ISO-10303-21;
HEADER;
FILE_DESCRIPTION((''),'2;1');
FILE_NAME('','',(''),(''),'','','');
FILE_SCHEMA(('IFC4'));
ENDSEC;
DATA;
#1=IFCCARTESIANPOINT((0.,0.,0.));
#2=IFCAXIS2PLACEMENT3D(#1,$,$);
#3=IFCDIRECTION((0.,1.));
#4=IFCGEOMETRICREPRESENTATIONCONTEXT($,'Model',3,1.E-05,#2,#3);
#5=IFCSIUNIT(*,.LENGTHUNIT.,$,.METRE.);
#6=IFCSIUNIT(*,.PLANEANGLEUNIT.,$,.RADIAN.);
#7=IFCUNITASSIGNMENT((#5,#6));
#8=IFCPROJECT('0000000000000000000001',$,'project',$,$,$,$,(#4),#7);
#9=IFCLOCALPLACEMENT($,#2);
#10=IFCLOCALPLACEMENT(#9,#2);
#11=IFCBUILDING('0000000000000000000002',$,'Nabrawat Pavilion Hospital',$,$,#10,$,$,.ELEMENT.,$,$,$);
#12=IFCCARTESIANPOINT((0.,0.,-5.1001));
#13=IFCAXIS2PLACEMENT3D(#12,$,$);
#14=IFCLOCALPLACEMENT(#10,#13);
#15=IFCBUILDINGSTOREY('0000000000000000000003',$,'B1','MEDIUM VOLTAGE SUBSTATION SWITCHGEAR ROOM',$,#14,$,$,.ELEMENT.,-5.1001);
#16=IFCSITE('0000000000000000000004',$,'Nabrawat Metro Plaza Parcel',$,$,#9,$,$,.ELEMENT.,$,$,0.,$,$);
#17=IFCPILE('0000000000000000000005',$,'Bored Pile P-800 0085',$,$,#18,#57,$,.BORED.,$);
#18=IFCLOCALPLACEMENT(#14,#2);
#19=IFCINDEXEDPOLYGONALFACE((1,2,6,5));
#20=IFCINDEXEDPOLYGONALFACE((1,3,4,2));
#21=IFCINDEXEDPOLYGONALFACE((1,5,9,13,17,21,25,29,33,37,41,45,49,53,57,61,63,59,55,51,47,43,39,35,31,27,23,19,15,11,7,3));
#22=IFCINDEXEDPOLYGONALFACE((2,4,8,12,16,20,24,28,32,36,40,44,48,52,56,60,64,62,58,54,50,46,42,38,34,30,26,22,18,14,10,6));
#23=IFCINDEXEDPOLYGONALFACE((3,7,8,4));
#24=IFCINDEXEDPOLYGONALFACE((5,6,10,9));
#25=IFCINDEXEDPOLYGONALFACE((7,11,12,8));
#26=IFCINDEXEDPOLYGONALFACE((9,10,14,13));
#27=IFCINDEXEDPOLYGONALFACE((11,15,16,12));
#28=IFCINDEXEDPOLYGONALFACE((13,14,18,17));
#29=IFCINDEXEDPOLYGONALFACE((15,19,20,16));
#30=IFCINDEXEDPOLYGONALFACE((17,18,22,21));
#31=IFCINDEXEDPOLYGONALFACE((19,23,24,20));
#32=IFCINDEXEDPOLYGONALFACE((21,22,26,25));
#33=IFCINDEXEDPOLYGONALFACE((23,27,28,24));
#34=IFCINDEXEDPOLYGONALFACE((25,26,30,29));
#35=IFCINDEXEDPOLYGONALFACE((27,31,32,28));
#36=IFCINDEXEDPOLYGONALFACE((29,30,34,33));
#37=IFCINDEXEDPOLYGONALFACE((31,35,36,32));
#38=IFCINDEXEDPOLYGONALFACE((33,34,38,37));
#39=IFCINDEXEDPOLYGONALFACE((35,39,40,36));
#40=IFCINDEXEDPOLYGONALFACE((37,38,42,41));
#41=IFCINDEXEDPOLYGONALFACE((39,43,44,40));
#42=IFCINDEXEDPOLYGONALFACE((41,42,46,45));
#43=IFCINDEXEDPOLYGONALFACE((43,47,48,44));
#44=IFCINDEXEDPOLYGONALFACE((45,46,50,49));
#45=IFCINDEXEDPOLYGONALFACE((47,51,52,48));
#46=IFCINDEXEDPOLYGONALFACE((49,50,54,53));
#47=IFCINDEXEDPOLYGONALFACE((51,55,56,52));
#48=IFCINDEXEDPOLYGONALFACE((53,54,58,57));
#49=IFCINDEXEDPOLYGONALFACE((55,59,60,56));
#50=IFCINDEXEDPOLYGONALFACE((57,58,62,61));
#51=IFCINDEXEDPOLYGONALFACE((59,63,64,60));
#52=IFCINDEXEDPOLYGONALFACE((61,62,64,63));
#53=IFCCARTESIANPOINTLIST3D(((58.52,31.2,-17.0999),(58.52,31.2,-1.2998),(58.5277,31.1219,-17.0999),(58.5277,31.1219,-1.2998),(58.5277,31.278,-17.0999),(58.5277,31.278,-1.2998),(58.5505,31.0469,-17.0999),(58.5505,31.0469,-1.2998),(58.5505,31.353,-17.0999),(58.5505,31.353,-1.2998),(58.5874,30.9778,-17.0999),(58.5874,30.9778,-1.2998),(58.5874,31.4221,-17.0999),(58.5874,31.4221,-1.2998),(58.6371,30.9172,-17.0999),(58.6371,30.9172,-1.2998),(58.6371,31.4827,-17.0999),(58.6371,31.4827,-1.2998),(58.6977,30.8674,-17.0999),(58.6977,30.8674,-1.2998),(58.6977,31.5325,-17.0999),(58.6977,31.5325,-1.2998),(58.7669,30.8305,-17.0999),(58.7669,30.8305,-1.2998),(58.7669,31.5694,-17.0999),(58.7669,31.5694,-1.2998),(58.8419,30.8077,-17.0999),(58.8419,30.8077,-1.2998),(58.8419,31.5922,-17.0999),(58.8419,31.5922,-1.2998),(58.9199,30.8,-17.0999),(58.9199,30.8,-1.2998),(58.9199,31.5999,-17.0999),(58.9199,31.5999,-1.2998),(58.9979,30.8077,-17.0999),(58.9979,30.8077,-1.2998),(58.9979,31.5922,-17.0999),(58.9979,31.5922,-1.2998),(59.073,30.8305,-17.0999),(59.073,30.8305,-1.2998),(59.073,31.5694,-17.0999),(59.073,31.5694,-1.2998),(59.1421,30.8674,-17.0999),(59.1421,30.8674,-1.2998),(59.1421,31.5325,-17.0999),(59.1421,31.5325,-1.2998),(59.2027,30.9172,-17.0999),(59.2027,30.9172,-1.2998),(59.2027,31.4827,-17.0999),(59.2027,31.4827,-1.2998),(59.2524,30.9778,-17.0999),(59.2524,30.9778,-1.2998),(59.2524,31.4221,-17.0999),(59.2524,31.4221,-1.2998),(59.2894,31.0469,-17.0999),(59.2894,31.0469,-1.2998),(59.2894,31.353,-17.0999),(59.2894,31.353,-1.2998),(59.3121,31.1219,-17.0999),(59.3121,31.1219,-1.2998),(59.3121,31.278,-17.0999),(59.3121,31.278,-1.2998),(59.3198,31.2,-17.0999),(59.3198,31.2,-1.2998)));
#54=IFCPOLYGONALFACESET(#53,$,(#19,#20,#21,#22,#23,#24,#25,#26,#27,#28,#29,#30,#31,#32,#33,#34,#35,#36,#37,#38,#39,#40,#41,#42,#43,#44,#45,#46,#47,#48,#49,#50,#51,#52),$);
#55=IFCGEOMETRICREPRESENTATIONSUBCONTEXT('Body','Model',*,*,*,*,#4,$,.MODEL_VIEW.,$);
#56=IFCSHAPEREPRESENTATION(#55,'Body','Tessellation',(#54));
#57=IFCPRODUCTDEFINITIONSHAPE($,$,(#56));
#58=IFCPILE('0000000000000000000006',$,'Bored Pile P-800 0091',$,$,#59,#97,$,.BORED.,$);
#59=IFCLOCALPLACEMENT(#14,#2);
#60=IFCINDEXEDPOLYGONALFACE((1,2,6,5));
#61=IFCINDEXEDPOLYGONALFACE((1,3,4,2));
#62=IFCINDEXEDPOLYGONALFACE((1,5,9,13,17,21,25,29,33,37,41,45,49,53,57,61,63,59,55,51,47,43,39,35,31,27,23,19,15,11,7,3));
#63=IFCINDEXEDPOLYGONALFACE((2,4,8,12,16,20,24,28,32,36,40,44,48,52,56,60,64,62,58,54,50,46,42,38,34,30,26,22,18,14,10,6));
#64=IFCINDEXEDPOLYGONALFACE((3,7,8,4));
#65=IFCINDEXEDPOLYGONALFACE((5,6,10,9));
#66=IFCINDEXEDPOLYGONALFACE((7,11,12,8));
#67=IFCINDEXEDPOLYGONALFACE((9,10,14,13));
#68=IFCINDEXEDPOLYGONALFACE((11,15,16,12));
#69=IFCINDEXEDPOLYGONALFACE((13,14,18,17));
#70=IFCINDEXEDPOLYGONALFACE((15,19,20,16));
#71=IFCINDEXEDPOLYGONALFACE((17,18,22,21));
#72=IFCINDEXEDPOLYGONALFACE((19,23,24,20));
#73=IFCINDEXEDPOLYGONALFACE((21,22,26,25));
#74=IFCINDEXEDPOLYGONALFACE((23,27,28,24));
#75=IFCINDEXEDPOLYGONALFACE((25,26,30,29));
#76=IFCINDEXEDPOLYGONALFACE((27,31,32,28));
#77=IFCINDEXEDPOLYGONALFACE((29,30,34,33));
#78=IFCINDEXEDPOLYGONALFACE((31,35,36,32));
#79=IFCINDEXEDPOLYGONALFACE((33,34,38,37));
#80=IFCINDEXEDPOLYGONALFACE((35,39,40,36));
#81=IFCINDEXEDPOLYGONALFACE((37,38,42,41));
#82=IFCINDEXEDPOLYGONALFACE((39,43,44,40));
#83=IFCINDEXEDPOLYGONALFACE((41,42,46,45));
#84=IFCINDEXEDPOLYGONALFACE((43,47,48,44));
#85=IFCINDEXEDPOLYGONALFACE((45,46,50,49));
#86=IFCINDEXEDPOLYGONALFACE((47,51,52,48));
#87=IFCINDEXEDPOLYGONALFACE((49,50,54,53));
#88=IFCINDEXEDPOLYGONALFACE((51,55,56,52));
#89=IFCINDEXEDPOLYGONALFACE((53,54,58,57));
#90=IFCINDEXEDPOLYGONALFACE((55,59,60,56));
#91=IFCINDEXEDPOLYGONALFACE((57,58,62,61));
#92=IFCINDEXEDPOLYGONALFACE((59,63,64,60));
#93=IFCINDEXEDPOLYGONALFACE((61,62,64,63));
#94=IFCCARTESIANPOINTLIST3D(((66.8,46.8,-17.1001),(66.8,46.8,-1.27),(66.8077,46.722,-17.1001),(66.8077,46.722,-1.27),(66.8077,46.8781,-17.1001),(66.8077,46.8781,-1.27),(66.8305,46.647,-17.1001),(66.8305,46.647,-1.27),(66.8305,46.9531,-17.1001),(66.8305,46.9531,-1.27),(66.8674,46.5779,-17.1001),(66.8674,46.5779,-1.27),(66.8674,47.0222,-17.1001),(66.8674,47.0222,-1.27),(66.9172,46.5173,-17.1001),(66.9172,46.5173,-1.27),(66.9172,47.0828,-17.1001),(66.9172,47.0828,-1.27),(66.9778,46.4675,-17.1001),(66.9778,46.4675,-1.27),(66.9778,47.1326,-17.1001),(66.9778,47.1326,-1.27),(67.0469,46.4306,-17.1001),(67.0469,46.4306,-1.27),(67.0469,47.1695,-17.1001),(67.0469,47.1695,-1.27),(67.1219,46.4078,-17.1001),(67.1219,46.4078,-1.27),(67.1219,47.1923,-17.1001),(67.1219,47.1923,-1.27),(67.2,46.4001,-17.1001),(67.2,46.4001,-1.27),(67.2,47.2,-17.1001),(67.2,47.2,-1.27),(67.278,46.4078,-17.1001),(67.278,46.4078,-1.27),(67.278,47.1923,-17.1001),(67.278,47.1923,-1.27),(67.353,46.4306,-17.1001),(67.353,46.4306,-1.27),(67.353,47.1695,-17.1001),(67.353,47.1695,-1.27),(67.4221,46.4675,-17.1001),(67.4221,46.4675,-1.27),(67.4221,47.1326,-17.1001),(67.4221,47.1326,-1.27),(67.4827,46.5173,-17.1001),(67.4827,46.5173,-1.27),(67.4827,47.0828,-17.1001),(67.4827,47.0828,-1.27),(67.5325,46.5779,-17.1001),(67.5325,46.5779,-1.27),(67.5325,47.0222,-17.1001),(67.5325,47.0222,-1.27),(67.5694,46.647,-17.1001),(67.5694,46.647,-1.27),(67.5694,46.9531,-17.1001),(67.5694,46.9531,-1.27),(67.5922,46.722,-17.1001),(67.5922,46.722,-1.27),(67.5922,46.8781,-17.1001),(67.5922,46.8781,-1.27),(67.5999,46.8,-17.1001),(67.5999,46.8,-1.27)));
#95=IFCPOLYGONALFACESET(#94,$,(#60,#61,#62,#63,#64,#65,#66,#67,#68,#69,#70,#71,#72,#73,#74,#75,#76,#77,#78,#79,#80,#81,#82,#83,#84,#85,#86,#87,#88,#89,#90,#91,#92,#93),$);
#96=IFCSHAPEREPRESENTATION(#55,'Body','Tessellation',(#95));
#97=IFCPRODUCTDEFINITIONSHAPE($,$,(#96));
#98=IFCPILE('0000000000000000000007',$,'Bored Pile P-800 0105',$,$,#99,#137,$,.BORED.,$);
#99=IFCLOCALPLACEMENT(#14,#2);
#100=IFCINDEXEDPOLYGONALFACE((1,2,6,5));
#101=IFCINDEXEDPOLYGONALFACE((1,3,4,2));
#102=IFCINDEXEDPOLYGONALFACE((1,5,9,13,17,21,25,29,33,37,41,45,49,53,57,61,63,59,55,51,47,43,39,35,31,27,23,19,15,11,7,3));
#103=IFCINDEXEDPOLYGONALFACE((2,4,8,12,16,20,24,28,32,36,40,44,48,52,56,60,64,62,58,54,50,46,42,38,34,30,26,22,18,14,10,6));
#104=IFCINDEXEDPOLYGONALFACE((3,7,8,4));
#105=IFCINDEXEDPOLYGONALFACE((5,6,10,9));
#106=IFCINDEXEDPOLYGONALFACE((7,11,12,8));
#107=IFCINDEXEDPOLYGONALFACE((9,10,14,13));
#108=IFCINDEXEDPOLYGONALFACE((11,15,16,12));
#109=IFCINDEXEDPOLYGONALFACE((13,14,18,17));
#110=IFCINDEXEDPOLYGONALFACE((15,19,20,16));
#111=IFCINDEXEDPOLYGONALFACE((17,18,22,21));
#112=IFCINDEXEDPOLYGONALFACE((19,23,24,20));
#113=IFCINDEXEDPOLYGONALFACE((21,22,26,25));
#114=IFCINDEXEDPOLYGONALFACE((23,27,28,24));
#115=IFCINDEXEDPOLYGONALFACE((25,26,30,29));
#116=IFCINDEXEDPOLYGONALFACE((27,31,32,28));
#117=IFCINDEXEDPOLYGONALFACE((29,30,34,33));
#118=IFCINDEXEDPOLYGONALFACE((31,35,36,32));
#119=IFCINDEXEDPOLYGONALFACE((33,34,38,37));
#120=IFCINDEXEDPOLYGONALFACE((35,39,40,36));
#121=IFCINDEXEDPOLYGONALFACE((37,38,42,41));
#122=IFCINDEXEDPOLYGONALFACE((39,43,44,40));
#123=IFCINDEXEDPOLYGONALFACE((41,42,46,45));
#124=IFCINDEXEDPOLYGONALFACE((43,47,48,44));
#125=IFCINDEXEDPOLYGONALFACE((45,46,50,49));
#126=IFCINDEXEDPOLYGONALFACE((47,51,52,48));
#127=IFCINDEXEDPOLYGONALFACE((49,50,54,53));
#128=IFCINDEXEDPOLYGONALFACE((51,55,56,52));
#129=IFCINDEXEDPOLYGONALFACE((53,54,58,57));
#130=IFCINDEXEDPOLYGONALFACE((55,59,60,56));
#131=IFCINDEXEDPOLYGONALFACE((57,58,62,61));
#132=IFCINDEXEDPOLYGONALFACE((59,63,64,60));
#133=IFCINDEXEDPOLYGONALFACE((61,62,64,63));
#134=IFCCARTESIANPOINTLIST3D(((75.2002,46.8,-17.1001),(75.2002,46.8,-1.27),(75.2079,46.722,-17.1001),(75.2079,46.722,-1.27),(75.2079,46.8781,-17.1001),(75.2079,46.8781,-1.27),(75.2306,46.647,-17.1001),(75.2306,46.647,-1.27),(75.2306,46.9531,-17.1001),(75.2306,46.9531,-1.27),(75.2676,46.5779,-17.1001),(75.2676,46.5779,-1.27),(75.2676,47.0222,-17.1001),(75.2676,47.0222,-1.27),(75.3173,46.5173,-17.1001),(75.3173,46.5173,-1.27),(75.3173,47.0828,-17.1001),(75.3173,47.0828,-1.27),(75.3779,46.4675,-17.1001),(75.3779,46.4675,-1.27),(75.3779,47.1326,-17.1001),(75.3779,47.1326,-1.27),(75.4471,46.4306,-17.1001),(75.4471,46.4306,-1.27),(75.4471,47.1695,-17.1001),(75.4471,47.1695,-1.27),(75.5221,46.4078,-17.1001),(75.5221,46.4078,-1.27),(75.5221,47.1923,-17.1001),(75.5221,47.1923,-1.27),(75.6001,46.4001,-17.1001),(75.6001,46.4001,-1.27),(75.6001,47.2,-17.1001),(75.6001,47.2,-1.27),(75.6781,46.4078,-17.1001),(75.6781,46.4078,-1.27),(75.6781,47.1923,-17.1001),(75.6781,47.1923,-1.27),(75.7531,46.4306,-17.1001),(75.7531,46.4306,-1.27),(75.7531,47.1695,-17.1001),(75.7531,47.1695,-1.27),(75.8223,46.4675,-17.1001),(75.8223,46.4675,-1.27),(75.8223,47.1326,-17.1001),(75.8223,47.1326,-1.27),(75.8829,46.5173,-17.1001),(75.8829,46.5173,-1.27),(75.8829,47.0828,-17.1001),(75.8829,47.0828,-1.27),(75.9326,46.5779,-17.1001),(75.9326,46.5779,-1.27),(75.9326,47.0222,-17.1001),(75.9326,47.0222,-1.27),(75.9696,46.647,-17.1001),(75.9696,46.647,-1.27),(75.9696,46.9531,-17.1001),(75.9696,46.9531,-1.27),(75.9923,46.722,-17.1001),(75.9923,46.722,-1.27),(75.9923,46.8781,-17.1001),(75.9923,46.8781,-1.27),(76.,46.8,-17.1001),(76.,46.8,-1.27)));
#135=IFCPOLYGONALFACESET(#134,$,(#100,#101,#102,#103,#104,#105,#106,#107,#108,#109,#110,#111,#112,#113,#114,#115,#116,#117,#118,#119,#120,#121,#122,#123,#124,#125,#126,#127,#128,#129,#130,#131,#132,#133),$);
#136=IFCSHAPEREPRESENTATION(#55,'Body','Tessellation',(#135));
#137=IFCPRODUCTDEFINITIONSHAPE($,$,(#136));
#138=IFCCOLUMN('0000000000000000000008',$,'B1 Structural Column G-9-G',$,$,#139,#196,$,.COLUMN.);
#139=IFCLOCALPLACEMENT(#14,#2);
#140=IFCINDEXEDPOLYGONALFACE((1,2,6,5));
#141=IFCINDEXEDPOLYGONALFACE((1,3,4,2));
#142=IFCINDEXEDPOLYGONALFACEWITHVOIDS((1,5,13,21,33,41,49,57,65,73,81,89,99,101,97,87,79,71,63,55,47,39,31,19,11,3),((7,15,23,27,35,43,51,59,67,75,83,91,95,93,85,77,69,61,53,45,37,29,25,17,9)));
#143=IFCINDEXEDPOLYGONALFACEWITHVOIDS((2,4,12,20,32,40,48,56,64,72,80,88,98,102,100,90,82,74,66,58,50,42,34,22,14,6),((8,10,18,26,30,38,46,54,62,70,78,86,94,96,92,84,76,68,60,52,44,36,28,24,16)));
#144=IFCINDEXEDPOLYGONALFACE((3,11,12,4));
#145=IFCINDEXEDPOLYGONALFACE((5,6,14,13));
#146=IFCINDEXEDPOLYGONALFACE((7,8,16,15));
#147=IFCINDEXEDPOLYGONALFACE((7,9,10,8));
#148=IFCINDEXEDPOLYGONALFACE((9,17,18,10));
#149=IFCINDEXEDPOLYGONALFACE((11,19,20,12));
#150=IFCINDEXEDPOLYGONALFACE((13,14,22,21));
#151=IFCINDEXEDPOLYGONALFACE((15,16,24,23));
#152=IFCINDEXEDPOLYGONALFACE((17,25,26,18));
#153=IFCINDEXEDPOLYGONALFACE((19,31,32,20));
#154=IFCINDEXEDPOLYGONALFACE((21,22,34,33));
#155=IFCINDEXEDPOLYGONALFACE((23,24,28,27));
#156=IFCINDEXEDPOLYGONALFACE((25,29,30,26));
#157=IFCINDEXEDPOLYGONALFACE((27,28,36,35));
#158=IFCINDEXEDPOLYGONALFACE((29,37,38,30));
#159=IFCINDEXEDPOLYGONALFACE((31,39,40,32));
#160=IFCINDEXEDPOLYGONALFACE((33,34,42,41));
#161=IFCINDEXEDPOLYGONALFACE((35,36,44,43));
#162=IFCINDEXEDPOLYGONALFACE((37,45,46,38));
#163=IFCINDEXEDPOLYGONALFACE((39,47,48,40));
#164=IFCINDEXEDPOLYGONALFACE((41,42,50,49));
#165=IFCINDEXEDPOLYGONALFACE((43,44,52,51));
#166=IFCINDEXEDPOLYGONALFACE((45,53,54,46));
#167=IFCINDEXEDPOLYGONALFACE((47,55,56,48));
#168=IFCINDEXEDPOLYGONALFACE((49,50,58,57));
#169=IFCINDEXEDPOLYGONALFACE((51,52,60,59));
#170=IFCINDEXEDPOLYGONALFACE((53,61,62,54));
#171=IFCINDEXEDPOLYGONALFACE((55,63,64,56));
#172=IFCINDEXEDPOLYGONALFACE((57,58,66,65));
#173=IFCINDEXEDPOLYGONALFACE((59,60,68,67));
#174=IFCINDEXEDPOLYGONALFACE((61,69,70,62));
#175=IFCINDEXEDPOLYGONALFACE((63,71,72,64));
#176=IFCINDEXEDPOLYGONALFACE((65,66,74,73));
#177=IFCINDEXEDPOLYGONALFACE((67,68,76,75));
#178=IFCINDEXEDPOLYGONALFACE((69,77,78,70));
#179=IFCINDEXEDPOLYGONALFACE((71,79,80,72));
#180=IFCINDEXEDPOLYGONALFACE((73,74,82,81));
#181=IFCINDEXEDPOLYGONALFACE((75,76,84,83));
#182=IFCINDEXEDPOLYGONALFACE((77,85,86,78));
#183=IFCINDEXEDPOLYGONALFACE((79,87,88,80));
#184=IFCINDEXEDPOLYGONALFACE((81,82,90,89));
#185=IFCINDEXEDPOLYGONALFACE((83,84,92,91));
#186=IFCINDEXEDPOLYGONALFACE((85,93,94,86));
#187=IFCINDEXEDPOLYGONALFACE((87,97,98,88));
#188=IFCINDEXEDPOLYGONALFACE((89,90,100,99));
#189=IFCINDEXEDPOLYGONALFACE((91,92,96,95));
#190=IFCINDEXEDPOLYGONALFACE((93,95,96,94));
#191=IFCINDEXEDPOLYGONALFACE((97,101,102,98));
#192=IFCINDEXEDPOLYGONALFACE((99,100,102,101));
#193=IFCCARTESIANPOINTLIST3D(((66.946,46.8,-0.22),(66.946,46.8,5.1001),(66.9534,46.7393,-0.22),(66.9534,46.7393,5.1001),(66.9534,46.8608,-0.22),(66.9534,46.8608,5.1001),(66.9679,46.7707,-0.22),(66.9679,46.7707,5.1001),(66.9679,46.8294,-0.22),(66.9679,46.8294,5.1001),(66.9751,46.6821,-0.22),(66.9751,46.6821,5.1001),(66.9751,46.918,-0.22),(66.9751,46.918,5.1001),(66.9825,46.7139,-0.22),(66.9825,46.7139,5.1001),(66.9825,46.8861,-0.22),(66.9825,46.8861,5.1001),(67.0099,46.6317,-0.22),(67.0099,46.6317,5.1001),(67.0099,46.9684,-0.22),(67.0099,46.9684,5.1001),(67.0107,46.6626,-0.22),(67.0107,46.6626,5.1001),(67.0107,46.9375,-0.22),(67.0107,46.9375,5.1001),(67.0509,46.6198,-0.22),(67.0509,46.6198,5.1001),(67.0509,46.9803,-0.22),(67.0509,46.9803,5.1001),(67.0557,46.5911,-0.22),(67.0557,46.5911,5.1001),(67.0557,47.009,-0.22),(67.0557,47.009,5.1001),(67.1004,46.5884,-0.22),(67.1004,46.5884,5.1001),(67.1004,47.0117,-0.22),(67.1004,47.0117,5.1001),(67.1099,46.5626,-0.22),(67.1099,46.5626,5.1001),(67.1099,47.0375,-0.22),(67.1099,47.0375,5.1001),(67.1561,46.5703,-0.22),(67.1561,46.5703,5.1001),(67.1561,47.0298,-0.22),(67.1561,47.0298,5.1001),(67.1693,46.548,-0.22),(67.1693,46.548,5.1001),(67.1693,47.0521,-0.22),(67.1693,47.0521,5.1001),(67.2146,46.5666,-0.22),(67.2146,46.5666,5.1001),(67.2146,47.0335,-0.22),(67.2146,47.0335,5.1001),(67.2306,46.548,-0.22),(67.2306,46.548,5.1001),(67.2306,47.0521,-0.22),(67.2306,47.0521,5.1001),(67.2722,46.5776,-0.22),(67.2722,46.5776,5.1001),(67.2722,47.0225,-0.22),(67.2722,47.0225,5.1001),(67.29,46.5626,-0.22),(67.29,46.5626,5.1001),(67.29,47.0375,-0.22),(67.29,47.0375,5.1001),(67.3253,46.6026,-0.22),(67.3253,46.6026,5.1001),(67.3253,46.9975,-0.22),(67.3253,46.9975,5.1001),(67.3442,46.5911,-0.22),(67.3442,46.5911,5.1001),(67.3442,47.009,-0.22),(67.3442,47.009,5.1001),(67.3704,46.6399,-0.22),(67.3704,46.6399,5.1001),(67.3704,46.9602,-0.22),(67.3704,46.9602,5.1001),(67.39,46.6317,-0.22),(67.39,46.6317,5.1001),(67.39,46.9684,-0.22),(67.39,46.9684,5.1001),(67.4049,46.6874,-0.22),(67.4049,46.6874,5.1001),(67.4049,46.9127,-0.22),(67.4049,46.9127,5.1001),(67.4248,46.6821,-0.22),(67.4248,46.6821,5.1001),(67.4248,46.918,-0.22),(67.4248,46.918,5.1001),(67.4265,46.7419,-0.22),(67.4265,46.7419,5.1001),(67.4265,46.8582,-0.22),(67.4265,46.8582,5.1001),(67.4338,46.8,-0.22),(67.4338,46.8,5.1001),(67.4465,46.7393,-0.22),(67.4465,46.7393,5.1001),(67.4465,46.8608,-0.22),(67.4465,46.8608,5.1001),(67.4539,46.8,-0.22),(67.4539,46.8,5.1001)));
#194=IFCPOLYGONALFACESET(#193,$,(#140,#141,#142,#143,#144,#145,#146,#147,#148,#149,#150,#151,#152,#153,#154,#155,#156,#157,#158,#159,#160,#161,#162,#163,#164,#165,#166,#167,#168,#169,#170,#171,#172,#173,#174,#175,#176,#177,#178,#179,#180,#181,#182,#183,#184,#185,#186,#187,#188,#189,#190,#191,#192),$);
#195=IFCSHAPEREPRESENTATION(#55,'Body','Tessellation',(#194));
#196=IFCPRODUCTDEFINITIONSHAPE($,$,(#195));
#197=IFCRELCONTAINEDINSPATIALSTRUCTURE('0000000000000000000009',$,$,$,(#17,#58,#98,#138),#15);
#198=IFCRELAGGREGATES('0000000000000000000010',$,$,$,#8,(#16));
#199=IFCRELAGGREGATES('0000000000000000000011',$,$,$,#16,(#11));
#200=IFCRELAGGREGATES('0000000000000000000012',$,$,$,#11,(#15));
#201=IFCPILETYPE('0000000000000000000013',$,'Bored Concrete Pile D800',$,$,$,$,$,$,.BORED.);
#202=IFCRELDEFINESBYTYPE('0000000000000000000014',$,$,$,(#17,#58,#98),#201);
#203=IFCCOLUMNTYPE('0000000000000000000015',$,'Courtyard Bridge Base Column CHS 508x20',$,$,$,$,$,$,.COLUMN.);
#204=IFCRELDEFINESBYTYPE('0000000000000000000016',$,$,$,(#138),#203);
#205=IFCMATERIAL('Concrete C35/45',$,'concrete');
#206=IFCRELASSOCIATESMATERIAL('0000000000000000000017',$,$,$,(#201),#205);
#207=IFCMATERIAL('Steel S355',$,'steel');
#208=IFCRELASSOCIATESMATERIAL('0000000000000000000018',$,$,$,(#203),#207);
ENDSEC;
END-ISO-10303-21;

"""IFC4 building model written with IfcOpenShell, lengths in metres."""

from ifc_helpers import new_model, si_unit, direction, frame, origin, origin_2d, place, context, subcontext, project, spatial, circle, hollow_circle, extrude, material, material_profile, profile_set, type_object, element, save


model = new_model("IFC4")

# Units and contexts
model_context = context("Model", 3, precision=1e-05, world=origin(), true_north=direction((0.0, 1.0)))
body_context = subcontext(model_context, "Body", "Model", "MODEL_VIEW")
ifc_project = project(units=[si_unit("LENGTHUNIT", "METRE"), si_unit("PLANEANGLEUNIT", "RADIAN")], contexts=[model_context])

# Site, building, storey
site_placement = place(None, origin())
site = spatial("IfcSite", under=ifc_project, at=site_placement, Name="Nabrawat Metro Plaza Parcel", CompositionType="ELEMENT", RefElevation=0.0)
building_placement = place(site_placement, origin())
building = spatial("IfcBuilding", under=site, at=building_placement, Name="Nabrawat Pavilion Hospital", CompositionType="ELEMENT")
storey_placement = place(building_placement, frame((0.0, 0.0, -5.1001)))
storey = spatial("IfcBuildingStorey", under=building, at=storey_placement, Name="B1", Description="MEDIUM VOLTAGE SUBSTATION SWITCHGEAR ROOM", CompositionType="ELEMENT", Elevation=-5.1001)

# Piles
ifc_material_1 = material(Name="Concrete C35/45", Category="concrete")
ifc_material_profile_1 = material_profile(ifc_material_1, circle(Radius=0.3999, at=origin_2d()), Name="DIA 800")
ifc_profile_set_1 = profile_set([ifc_material_profile_1], Name="Concrete C35/45")
pile_type_1 = type_object("IfcPileType", Name="Bored Concrete Pile D800", PredefinedType="BORED", material=ifc_profile_set_1)
pile_1_placement = place(storey_placement, frame((58.9199, 31.2, -1.2998), z_axis=(0.0, 0.0, -1.0), x_axis=(1.0, 0.0, 0.0)))
element("IfcPile", 1, at=pile_1_placement, inside=storey, type_object=pile_type_1, Name="Bored Pile P-800 0085", PredefinedType="BORED", context=body_context, shape_type="SweptSolid", body=[
    extrude(circle(Radius=0.3999, at=origin_2d()), origin(), (0.0, 0.0, 1.0), 15.8),
])
for number, where, z_axis, x_axis, name in (
    (2, (67.2, 46.8, -1.27), (0.0, 0.0, -1.0), (1.0, 0.0, 0.0), "Bored Pile P-800 0091"),
    (3, (75.6001, 46.8, -1.27), (0.0, 0.0, -1.0), (1.0, 0.0, 0.0), "Bored Pile P-800 0105"),
):
    element("IfcPile", number, at=place(storey_placement, frame(where, z_axis=z_axis, x_axis=x_axis)), inside=storey, type_object=pile_type_1, Name=name, PredefinedType="BORED", context=body_context, shape_type="SweptSolid", body=[
        extrude(circle(Radius=0.3999, at=origin_2d()), origin(), (0.0, 0.0, 1.0), 15.8301),
    ])

# Column
ifc_material_2 = material(Name="Steel S355", Category="steel")
ifc_material_profile_2 = material_profile(ifc_material_2, hollow_circle(Radius=0.2539, WallThickness=0.02, at=origin_2d()), Name="CHS 508x20")
ifc_profile_set_2 = profile_set([ifc_material_profile_2], Name="Steel S355")
column_type_1 = type_object("IfcColumnType", Name="Courtyard Bridge Base Column CHS 508x20", PredefinedType="COLUMN", material=ifc_profile_set_2)
column_1_placement = place(storey_placement, frame((67.2, 46.8, -0.22), z_axis=(0.0, 0.0, 1.0), x_axis=(1.0, 0.0, 0.0)))
element("IfcColumn", 4, at=column_1_placement, inside=storey, type_object=column_type_1, Name="B1 Structural Column G-9-G", PredefinedType="COLUMN", context=body_context, shape_type="SweptSolid", body=[
    extrude(hollow_circle(Radius=0.2539, WallThickness=0.02, at=origin_2d()), origin(), (0.0, 0.0, 1.0), 5.3201),
])

save(model, "model.ifc")
